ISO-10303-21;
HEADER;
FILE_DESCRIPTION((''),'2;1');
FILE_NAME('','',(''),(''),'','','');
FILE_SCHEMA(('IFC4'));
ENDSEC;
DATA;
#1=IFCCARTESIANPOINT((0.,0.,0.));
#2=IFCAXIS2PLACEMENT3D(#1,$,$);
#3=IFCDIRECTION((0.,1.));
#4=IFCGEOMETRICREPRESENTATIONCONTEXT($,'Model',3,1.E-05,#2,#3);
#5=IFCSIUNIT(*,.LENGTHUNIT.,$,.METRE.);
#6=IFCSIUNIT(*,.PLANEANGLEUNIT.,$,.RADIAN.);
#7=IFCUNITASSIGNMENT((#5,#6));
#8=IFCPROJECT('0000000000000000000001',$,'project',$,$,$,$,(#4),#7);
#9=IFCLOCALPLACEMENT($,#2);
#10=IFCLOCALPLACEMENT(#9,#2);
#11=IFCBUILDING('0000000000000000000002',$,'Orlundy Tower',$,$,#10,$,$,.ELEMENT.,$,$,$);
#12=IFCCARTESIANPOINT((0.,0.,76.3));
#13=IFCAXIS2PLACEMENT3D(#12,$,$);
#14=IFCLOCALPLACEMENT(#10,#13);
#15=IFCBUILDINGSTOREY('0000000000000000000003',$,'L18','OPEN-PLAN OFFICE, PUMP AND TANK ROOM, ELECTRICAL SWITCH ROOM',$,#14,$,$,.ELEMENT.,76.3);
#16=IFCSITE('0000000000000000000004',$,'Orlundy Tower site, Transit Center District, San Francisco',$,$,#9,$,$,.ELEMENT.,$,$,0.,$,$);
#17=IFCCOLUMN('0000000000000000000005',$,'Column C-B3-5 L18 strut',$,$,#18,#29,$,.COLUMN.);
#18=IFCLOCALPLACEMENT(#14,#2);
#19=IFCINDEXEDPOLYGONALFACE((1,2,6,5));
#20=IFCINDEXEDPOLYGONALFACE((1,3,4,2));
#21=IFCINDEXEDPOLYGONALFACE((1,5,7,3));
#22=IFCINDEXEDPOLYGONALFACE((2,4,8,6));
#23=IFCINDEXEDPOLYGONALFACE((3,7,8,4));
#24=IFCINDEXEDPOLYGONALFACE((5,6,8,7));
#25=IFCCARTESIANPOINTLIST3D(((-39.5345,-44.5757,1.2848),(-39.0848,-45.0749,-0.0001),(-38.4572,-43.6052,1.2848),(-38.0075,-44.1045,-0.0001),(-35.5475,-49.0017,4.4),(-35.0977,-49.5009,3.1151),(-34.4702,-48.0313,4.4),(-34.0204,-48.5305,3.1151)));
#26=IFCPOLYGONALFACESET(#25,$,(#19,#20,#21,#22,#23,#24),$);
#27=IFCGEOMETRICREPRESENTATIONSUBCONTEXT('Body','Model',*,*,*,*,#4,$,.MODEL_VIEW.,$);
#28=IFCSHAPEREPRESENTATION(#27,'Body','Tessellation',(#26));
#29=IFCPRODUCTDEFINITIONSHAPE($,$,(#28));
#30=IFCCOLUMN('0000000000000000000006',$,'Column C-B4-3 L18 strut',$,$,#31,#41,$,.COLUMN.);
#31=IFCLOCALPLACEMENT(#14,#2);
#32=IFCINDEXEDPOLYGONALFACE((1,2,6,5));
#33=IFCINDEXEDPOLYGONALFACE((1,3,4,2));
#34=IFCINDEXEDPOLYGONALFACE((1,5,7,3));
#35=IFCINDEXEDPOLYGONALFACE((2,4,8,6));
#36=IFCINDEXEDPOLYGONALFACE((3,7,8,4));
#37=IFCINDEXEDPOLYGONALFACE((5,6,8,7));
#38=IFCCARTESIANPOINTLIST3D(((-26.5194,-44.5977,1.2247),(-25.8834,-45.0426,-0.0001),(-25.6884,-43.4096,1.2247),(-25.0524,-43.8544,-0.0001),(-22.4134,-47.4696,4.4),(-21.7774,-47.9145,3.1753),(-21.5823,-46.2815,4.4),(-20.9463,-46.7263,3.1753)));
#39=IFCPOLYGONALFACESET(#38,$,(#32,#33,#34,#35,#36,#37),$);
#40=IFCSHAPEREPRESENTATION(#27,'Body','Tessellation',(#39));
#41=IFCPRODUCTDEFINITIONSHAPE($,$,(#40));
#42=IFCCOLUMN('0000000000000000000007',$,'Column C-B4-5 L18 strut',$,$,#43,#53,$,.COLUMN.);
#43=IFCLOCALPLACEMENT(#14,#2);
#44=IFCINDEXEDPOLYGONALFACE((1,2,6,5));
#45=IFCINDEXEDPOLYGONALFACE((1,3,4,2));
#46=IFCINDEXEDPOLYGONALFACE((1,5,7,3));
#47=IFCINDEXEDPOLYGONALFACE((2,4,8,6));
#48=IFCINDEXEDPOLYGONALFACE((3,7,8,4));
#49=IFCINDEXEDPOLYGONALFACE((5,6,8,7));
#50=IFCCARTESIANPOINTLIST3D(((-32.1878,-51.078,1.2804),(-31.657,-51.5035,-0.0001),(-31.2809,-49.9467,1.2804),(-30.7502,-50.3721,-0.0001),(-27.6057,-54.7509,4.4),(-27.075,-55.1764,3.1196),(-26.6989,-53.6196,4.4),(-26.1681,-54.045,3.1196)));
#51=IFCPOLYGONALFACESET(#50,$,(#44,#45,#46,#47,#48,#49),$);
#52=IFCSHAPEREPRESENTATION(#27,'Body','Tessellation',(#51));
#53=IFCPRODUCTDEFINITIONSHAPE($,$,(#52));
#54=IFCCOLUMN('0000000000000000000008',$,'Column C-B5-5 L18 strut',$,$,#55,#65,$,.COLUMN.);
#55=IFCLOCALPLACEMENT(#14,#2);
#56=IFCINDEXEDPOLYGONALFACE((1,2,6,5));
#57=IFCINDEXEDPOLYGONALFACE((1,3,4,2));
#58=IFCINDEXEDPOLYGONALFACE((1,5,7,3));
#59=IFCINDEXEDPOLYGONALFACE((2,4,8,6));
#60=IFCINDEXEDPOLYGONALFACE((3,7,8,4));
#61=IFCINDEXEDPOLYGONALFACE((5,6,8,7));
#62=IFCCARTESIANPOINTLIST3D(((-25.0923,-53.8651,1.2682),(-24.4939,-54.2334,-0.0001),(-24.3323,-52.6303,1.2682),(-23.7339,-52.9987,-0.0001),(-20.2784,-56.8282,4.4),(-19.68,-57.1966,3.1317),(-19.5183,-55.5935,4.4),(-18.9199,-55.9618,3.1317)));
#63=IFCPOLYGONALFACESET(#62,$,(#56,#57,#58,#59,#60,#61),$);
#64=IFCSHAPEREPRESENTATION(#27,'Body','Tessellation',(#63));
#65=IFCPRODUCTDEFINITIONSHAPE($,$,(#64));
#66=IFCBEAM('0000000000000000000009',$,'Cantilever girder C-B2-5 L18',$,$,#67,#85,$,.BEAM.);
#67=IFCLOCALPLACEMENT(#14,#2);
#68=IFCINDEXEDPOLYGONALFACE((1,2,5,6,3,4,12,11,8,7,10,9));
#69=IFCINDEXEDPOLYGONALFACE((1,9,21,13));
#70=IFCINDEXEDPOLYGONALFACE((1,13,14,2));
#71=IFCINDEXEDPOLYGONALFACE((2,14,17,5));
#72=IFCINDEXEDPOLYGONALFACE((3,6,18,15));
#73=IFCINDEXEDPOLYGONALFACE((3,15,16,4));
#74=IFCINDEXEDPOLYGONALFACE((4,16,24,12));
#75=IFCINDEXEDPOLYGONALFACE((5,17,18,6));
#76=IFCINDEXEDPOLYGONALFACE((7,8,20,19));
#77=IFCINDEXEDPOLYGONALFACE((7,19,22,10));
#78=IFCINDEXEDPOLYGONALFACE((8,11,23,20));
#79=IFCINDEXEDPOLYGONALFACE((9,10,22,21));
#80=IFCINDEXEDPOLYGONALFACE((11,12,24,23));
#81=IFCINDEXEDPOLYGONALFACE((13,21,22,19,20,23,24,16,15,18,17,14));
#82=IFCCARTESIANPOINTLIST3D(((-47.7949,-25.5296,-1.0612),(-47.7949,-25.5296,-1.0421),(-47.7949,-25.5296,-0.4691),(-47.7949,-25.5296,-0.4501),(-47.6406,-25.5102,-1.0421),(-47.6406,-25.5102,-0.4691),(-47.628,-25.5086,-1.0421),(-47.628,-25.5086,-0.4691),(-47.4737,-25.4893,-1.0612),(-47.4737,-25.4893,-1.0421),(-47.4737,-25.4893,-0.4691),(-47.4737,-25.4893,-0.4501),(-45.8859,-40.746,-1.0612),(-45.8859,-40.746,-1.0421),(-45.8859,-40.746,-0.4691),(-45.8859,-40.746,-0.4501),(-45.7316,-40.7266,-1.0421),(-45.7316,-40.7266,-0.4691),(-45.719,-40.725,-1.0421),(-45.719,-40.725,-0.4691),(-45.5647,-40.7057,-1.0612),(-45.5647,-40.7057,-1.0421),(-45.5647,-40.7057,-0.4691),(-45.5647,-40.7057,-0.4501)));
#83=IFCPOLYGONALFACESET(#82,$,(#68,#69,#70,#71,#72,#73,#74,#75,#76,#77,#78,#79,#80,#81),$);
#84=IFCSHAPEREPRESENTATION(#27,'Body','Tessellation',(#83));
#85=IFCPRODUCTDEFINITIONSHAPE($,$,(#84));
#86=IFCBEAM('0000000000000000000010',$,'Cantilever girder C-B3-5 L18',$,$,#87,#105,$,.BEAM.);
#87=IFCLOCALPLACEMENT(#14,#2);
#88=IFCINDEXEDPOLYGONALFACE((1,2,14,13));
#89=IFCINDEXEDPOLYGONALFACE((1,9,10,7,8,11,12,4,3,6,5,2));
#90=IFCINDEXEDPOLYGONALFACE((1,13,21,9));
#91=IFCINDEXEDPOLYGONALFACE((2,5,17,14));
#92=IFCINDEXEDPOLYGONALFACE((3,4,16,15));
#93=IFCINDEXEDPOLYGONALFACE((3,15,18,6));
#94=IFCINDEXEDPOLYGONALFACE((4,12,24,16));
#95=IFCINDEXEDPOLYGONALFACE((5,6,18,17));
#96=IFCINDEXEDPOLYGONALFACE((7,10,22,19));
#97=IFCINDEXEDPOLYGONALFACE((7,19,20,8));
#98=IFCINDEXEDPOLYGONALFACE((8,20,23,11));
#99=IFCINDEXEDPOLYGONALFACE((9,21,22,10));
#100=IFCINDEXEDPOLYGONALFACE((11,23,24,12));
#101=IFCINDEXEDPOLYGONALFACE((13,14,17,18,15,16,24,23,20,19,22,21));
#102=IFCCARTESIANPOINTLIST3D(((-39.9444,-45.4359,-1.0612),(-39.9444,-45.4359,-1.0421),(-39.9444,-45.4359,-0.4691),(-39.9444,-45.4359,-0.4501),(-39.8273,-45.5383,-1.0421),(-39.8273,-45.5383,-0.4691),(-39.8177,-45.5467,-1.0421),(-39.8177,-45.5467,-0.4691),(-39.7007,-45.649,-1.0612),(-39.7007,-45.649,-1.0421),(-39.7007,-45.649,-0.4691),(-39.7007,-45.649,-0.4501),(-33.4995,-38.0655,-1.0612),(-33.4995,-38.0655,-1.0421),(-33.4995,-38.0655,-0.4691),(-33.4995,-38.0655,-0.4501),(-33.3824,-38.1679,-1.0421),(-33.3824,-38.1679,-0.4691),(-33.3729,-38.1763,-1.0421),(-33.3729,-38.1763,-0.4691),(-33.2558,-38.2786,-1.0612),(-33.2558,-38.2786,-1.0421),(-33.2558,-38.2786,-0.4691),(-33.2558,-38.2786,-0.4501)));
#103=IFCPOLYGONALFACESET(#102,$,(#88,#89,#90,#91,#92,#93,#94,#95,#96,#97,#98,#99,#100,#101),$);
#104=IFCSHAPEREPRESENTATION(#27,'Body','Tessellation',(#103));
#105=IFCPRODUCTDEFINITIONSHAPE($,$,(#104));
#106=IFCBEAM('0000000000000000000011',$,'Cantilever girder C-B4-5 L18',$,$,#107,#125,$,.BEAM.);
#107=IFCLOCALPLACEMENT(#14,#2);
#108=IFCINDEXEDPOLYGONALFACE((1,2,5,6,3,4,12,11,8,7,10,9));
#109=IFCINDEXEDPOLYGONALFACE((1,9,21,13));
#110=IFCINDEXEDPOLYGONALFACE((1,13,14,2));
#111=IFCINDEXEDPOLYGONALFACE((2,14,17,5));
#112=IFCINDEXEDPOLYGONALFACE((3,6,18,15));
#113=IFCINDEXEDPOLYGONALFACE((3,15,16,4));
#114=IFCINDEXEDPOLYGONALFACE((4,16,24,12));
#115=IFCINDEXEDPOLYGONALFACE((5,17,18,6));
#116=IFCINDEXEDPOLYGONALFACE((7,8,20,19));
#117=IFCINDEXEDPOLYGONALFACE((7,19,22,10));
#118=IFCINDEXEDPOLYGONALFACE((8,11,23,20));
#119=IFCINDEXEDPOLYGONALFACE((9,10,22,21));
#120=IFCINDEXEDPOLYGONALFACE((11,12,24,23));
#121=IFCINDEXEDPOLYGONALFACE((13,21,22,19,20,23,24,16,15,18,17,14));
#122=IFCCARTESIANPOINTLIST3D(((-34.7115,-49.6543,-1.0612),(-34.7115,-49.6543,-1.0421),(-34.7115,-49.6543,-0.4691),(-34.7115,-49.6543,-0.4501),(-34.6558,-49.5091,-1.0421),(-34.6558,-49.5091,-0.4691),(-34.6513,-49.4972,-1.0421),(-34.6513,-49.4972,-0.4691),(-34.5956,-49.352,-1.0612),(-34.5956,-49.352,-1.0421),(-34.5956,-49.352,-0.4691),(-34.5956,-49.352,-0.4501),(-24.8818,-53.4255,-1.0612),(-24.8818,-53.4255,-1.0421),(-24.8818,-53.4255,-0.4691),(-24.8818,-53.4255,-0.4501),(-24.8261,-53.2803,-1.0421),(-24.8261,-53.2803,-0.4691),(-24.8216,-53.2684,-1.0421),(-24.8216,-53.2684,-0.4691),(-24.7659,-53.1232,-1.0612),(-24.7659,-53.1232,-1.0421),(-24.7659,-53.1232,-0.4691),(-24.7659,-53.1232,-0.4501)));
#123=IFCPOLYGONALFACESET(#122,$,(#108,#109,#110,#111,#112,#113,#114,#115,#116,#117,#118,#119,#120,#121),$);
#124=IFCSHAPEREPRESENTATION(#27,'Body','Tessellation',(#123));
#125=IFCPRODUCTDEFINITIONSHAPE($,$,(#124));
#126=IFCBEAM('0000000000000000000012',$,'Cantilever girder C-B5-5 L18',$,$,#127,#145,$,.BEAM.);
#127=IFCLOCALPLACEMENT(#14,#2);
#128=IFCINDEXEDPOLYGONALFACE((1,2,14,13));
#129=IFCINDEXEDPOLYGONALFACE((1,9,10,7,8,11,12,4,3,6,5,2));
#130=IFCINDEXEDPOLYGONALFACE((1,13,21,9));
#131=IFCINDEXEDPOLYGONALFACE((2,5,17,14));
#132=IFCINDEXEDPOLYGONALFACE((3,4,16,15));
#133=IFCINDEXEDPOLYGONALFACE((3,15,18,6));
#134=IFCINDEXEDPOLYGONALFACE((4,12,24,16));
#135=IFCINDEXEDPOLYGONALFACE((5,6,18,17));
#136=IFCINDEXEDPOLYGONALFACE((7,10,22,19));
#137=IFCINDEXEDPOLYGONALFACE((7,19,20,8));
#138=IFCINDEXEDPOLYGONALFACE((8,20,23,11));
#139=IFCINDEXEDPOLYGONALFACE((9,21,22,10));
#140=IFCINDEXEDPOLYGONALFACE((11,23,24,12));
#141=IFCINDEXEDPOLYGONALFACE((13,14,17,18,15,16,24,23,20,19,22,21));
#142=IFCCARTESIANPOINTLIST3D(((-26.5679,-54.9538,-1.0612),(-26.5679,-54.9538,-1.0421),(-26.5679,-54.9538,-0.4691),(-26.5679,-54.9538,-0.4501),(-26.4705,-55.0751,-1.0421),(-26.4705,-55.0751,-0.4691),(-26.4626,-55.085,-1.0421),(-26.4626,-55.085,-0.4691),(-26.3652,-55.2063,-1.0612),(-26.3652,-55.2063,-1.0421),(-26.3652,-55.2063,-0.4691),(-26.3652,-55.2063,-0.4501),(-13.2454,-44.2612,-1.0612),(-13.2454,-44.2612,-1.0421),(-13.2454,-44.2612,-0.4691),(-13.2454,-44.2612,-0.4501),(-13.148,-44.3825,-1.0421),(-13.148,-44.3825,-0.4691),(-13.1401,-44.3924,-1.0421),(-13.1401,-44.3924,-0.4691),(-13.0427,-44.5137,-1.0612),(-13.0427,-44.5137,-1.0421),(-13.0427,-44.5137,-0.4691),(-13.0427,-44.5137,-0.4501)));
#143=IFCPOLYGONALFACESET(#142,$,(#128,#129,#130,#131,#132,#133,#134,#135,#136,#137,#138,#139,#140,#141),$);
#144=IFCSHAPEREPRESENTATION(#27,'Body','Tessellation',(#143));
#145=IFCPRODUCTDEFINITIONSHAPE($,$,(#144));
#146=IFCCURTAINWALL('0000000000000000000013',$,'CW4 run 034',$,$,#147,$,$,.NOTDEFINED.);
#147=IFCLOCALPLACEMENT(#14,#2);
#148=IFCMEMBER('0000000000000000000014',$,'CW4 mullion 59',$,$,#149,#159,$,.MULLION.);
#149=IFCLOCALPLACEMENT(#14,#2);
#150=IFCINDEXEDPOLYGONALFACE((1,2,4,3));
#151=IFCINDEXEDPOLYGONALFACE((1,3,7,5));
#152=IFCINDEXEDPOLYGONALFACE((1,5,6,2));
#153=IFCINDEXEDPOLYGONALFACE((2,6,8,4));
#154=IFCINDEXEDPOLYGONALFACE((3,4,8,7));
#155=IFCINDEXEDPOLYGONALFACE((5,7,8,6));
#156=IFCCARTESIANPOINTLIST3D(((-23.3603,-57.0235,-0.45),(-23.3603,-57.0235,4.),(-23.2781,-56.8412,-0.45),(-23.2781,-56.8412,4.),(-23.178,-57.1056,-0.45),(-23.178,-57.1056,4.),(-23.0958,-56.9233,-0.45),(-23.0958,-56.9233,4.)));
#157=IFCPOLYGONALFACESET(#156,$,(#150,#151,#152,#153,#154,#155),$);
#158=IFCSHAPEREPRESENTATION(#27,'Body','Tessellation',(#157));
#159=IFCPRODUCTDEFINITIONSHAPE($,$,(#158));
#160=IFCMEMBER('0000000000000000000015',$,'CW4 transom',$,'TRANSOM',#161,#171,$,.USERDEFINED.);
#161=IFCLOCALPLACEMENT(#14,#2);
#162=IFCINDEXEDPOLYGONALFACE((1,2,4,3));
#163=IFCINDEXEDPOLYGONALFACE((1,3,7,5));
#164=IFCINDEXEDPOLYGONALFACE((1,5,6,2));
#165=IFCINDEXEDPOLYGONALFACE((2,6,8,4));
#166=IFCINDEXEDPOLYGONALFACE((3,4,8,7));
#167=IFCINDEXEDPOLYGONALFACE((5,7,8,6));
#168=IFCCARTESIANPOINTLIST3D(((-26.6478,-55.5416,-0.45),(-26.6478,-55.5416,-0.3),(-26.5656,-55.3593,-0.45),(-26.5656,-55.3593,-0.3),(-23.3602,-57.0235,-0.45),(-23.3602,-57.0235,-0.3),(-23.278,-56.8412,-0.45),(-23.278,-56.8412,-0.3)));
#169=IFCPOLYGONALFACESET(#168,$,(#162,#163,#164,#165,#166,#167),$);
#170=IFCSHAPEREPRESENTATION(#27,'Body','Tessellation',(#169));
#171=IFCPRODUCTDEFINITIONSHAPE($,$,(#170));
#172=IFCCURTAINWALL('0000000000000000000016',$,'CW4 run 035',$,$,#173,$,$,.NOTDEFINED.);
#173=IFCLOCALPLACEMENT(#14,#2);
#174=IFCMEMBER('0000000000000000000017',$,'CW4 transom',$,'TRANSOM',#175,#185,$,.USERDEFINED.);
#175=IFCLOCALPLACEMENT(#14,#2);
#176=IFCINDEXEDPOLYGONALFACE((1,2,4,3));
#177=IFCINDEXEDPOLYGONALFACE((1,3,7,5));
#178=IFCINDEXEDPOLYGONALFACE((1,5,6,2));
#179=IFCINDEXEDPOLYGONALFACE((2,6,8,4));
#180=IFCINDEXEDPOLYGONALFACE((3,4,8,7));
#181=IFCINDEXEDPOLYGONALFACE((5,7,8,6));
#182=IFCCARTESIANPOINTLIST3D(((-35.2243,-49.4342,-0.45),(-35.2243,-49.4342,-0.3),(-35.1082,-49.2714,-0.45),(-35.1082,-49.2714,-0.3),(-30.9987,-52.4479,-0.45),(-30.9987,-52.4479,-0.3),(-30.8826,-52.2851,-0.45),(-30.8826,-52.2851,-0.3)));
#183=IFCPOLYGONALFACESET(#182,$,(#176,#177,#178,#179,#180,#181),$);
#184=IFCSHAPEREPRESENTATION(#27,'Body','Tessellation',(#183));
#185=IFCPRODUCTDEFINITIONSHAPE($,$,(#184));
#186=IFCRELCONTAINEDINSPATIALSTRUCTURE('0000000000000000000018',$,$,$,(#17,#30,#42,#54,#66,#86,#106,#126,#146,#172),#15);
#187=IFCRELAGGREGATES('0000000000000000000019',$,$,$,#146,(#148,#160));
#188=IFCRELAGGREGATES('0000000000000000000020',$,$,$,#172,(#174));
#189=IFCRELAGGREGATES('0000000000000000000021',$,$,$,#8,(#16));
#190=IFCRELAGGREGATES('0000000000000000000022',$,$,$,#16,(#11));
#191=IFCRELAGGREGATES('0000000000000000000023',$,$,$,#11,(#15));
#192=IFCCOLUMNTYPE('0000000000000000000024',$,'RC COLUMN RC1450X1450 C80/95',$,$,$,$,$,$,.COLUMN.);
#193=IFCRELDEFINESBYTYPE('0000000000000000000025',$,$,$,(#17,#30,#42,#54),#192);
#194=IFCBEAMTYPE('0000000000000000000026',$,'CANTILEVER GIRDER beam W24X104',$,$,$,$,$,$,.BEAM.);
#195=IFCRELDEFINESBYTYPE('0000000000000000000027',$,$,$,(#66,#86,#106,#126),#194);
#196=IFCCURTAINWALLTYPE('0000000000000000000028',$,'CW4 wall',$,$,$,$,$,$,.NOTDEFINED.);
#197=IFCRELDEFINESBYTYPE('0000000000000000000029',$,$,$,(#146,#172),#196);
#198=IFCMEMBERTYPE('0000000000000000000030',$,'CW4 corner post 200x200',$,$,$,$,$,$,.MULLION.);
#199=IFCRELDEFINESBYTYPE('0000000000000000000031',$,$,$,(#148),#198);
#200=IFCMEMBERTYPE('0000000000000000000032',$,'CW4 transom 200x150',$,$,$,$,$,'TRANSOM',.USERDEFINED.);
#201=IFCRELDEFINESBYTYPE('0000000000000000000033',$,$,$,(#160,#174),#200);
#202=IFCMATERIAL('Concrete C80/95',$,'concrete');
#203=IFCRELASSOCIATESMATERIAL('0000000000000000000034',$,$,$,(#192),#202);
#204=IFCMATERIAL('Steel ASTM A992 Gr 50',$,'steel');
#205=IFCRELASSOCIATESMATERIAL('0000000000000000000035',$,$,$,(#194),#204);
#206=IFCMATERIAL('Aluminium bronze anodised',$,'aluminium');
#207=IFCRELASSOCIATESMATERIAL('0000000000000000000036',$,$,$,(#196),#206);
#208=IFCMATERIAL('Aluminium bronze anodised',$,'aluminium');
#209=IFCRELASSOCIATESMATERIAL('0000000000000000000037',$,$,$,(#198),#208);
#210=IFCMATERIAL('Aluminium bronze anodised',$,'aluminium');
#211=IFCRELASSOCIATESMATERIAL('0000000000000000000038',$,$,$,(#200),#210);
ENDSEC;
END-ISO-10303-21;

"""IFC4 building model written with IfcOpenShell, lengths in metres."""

from ifc_helpers import new_model, si_unit, direction, frame, origin, origin_2d, place, context, subcontext, project, spatial, rectangle, i_section, extrude, material, material_profile, profile_set, type_object, element, aggregate, save


model = new_model("IFC4")

# Units and contexts
model_context = context("Model", 3, precision=1e-05, world=origin(), true_north=direction((0.0, 1.0)))
body_context = subcontext(model_context, "Body", "Model", "MODEL_VIEW")
ifc_project = project(units=[si_unit("LENGTHUNIT", "METRE"), si_unit("PLANEANGLEUNIT", "RADIAN")], contexts=[model_context])

# Site, building, storey
site_placement = place(None, origin())
site = spatial("IfcSite", under=ifc_project, at=site_placement, Name="Orlundy Tower site, Transit Center District, San Francisco", CompositionType="ELEMENT", RefElevation=0.0)
building_placement = place(site_placement, origin())
building = spatial("IfcBuilding", under=site, at=building_placement, Name="Orlundy Tower", CompositionType="ELEMENT")
storey_placement = place(building_placement, frame((0.0, 0.0, 76.3)))
storey = spatial("IfcBuildingStorey", under=building, at=storey_placement, Name="L18", Description="OPEN-PLAN OFFICE, PUMP AND TANK ROOM, ELECTRICAL SWITCH ROOM", CompositionType="ELEMENT", Elevation=76.3)

# Columns
ifc_material_1 = material(Name="Concrete C80/95", Category="concrete")
ifc_material_profile_1 = material_profile(ifc_material_1, rectangle(XDim=1.45, YDim=1.45, at=origin_2d()), Name="RC1450X1450")
ifc_profile_set_1 = profile_set([ifc_material_profile_1], Name="Concrete C80/95")
column_type = type_object("IfcColumnType", Name="RC COLUMN RC1450X1450 C80/95", PredefinedType="COLUMN", material=ifc_profile_set_1)
column_1_placement = place(storey_placement, frame((-38.771, -44.3401, 0.6423), z_axis=(0.593098, -0.658397, 0.463409), x_axis=(0.74299, 0.669302, 0.0)))
element("IfcColumn", 1, at=column_1_placement, inside=storey, type_object=column_type, Name="Column C-B3-5 L18 strut", PredefinedType="COLUMN", context=body_context, shape_type="SweptSolid", body=[
    extrude(rectangle(XDim=1.45, YDim=1.45, at=origin_2d()), origin(), (0.0, 0.0, 1.0), 6.7224),
])
column_2_placement = place(storey_placement, frame((-25.7859, -44.2261, 0.6123), z_axis=(0.692169, -0.484124, 0.535281), x_axis=(0.573148, 0.819452, 0.0)))
element("IfcColumn", 2, at=column_2_placement, inside=storey, type_object=column_type, Name="Column C-B4-3 L18 strut", PredefinedType="COLUMN", context=body_context, shape_type="SweptSolid", body=[
    extrude(rectangle(XDim=1.45, YDim=1.45, at=origin_2d()), origin(), (0.0, 0.0, 1.0), 5.9321),
])
column_3_placement = place(storey_placement, frame((-31.469, -50.7251, 0.6401), z_axis=(0.689071, -0.552343, 0.469147), x_axis=(0.625445, 0.780268, 0.0)))
element("IfcColumn", 3, at=column_3_placement, inside=storey, type_object=column_type, Name="Column C-B4-5 L18 strut", PredefinedType="COLUMN", context=body_context, shape_type="SweptSolid", body=[
    extrude(rectangle(XDim=1.45, YDim=1.45, at=origin_2d()), origin(), (0.0, 0.0, 1.0), 6.6497),
])
column_4_placement = place(storey_placement, frame((-24.4131, -53.4319, 0.634), z_axis=(0.744917, -0.458518, 0.484623), x_axis=(0.524187, 0.851603, 0.0)))
element("IfcColumn", 4, at=column_4_placement, inside=storey, type_object=column_type, Name="Column C-B5-5 L18 strut", PredefinedType="COLUMN", context=body_context, shape_type="SweptSolid", body=[
    extrude(rectangle(XDim=1.45, YDim=1.45, at=origin_2d()), origin(), (0.0, 0.0, 1.0), 6.4624),
])

# Beams
ifc_material_2 = material(Name="Steel ASTM A992 Gr 50", Category="steel")
ifc_material_profile_2 = material_profile(ifc_material_2, i_section(OverallWidth=0.3237, OverallDepth=0.6111, WebThickness=0.0127, FlangeThickness=0.019, at=origin_2d()), Name="W24X104")
ifc_profile_set_2 = profile_set([ifc_material_profile_2], Name="Steel ASTM A992 Gr 50")
beam_type = type_object("IfcBeamType", Name="CANTILEVER GIRDER beam W24X104", PredefinedType="BEAM", material=ifc_profile_set_2)
beam_1_placement = place(storey_placement, frame((-45.7253, -40.7258, -0.7556), z_axis=(-0.124478, 0.992222, 0.0), x_axis=(-0.992222, -0.124478, 0.0)))
element("IfcBeam", 5, at=beam_1_placement, inside=storey, type_object=beam_type, Name="Cantilever girder C-B2-5 L18", PredefinedType="BEAM", context=body_context, shape_type="SweptSolid", body=[
    extrude(i_section(OverallWidth=0.3237, OverallDepth=0.6111, WebThickness=0.0127, FlangeThickness=0.019, at=origin_2d()), origin(), (0.0, 0.0, 1.0), 15.3357),
])
beam_2_placement = place(storey_placement, frame((-39.8225, -45.5425, -0.7556), z_axis=(0.658259, 0.752791, 0.0), x_axis=(-0.752791, 0.658259, 0.0)))
element("IfcBeam", 6, at=beam_2_placement, inside=storey, type_object=beam_type, Name="Cantilever girder C-B3-5 L18", PredefinedType="BEAM", context=body_context, shape_type="SweptSolid", body=[
    extrude(i_section(OverallWidth=0.3237, OverallDepth=0.6111, WebThickness=0.0127, FlangeThickness=0.019, at=origin_2d()), origin(), (0.0, 0.0, 1.0), 9.7908),
])
beam_3_placement = place(storey_placement, frame((-34.6536, -49.5032, -0.7556), z_axis=(0.933646, -0.358196, 0.0), x_axis=(0.358196, 0.933646, 0.0)))
element("IfcBeam", 7, at=beam_3_placement, inside=storey, type_object=beam_type, Name="Cantilever girder C-B4-5 L18", PredefinedType="BEAM", context=body_context, shape_type="SweptSolid", body=[
    extrude(i_section(OverallWidth=0.3237, OverallDepth=0.6111, WebThickness=0.0127, FlangeThickness=0.019, at=origin_2d()), origin(), (0.0, 0.0, 1.0), 10.5283),
])
beam_4_placement = place(storey_placement, frame((-26.4666, -55.0801, -0.7556), z_axis=(0.779879, 0.62593, 0.0), x_axis=(-0.62593, 0.779879, 0.0)))
element("IfcBeam", 8, at=beam_4_placement, inside=storey, type_object=beam_type, Name="Cantilever girder C-B5-5 L18", PredefinedType="BEAM", context=body_context, shape_type="SweptSolid", body=[
    extrude(i_section(OverallWidth=0.3237, OverallDepth=0.6111, WebThickness=0.0127, FlangeThickness=0.019, at=origin_2d()), origin(), (0.0, 0.0, 1.0), 17.0828),
])

# Curtain walls, members
ifc_material_3 = material(Name="Aluminium bronze anodised", Category="aluminium")
curtain_wall_type = type_object("IfcCurtainWallType", Name="CW4 wall", PredefinedType="NOTDEFINED", material=ifc_material_3)
curtain_wall_1_placement = place(storey_placement, origin())
curtain_wall_1 = element("IfcCurtainWall", 9, at=curtain_wall_1_placement, inside=storey, type_object=curtain_wall_type, Name="CW4 run 034", PredefinedType="NOTDEFINED")
ifc_material_4 = material(Name="Aluminium bronze anodised", Category="aluminium")
ifc_material_profile_3 = material_profile(ifc_material_4, rectangle(XDim=0.2, YDim=0.2, at=origin_2d()), Name="CW4 corner post 200x200")
ifc_profile_set_3 = profile_set([ifc_material_profile_3], Name="Aluminium bronze anodised")
member_type_1 = type_object("IfcMemberType", Name="CW4 corner post 200x200", PredefinedType="MULLION", material=ifc_profile_set_3)
member_1_placement = place(storey_placement, frame((-23.228, -56.9734, -0.45), z_axis=(0.0, 0.0, 1.0), x_axis=(-0.410914, -0.911674, 0.0)))
member_1 = element("IfcMember", 10, at=member_1_placement, type_object=member_type_1, Name="CW4 mullion 59", PredefinedType="MULLION", context=body_context, shape_type="SweptSolid", body=[
    extrude(rectangle(XDim=0.2, YDim=0.2, at=origin_2d()), origin(), (0.0, 0.0, 1.0), 4.45),
])
ifc_material_5 = material(Name="Aluminium bronze anodised", Category="aluminium")
ifc_material_profile_4 = material_profile(ifc_material_5, rectangle(XDim=0.2, YDim=0.1499, at=origin_2d()), Name="CW4 transom 200x150")
ifc_profile_set_4 = profile_set([ifc_material_profile_4], Name="Aluminium bronze anodised")
member_type_2 = type_object("IfcMemberType", Name="CW4 transom 200x150", ElementType="TRANSOM", PredefinedType="USERDEFINED", material=ifc_profile_set_4)
member_2_placement = place(storey_placement, frame((-23.3191, -56.9324, -0.375), z_axis=(-0.91166, 0.410944, 0.0), x_axis=(-0.410944, -0.91166, 0.0)))
member_2 = element("IfcMember", 11, at=member_2_placement, type_object=member_type_2, Name="CW4 transom", ObjectType="TRANSOM", PredefinedType="USERDEFINED", context=body_context, shape_type="SweptSolid", body=[
    extrude(rectangle(XDim=0.2, YDim=0.1499, at=origin_2d()), origin(), (0.0, 0.0, 1.0), 3.6062),
])
curtain_wall_2_placement = place(storey_placement, origin())
curtain_wall_2 = element("IfcCurtainWall", 12, at=curtain_wall_2_placement, inside=storey, type_object=curtain_wall_type, Name="CW4 run 035", PredefinedType="NOTDEFINED")
member_3_placement = place(storey_placement, frame((-30.9407, -52.3665, -0.375), z_axis=(-0.814153, 0.580651, 0.0), x_axis=(-0.580651, -0.814153, 0.0)))
member_3 = element("IfcMember", 13, at=member_3_placement, type_object=member_type_2, Name="CW4 transom", ObjectType="TRANSOM", PredefinedType="USERDEFINED", context=body_context, shape_type="SweptSolid", body=[
    extrude(rectangle(XDim=0.2, YDim=0.1499, at=origin_2d()), origin(), (0.0, 0.0, 1.0), 5.1902),
])

aggregate(curtain_wall_1, [member_1, member_2])
aggregate(curtain_wall_2, [member_3])

save(model, "model.ifc")
